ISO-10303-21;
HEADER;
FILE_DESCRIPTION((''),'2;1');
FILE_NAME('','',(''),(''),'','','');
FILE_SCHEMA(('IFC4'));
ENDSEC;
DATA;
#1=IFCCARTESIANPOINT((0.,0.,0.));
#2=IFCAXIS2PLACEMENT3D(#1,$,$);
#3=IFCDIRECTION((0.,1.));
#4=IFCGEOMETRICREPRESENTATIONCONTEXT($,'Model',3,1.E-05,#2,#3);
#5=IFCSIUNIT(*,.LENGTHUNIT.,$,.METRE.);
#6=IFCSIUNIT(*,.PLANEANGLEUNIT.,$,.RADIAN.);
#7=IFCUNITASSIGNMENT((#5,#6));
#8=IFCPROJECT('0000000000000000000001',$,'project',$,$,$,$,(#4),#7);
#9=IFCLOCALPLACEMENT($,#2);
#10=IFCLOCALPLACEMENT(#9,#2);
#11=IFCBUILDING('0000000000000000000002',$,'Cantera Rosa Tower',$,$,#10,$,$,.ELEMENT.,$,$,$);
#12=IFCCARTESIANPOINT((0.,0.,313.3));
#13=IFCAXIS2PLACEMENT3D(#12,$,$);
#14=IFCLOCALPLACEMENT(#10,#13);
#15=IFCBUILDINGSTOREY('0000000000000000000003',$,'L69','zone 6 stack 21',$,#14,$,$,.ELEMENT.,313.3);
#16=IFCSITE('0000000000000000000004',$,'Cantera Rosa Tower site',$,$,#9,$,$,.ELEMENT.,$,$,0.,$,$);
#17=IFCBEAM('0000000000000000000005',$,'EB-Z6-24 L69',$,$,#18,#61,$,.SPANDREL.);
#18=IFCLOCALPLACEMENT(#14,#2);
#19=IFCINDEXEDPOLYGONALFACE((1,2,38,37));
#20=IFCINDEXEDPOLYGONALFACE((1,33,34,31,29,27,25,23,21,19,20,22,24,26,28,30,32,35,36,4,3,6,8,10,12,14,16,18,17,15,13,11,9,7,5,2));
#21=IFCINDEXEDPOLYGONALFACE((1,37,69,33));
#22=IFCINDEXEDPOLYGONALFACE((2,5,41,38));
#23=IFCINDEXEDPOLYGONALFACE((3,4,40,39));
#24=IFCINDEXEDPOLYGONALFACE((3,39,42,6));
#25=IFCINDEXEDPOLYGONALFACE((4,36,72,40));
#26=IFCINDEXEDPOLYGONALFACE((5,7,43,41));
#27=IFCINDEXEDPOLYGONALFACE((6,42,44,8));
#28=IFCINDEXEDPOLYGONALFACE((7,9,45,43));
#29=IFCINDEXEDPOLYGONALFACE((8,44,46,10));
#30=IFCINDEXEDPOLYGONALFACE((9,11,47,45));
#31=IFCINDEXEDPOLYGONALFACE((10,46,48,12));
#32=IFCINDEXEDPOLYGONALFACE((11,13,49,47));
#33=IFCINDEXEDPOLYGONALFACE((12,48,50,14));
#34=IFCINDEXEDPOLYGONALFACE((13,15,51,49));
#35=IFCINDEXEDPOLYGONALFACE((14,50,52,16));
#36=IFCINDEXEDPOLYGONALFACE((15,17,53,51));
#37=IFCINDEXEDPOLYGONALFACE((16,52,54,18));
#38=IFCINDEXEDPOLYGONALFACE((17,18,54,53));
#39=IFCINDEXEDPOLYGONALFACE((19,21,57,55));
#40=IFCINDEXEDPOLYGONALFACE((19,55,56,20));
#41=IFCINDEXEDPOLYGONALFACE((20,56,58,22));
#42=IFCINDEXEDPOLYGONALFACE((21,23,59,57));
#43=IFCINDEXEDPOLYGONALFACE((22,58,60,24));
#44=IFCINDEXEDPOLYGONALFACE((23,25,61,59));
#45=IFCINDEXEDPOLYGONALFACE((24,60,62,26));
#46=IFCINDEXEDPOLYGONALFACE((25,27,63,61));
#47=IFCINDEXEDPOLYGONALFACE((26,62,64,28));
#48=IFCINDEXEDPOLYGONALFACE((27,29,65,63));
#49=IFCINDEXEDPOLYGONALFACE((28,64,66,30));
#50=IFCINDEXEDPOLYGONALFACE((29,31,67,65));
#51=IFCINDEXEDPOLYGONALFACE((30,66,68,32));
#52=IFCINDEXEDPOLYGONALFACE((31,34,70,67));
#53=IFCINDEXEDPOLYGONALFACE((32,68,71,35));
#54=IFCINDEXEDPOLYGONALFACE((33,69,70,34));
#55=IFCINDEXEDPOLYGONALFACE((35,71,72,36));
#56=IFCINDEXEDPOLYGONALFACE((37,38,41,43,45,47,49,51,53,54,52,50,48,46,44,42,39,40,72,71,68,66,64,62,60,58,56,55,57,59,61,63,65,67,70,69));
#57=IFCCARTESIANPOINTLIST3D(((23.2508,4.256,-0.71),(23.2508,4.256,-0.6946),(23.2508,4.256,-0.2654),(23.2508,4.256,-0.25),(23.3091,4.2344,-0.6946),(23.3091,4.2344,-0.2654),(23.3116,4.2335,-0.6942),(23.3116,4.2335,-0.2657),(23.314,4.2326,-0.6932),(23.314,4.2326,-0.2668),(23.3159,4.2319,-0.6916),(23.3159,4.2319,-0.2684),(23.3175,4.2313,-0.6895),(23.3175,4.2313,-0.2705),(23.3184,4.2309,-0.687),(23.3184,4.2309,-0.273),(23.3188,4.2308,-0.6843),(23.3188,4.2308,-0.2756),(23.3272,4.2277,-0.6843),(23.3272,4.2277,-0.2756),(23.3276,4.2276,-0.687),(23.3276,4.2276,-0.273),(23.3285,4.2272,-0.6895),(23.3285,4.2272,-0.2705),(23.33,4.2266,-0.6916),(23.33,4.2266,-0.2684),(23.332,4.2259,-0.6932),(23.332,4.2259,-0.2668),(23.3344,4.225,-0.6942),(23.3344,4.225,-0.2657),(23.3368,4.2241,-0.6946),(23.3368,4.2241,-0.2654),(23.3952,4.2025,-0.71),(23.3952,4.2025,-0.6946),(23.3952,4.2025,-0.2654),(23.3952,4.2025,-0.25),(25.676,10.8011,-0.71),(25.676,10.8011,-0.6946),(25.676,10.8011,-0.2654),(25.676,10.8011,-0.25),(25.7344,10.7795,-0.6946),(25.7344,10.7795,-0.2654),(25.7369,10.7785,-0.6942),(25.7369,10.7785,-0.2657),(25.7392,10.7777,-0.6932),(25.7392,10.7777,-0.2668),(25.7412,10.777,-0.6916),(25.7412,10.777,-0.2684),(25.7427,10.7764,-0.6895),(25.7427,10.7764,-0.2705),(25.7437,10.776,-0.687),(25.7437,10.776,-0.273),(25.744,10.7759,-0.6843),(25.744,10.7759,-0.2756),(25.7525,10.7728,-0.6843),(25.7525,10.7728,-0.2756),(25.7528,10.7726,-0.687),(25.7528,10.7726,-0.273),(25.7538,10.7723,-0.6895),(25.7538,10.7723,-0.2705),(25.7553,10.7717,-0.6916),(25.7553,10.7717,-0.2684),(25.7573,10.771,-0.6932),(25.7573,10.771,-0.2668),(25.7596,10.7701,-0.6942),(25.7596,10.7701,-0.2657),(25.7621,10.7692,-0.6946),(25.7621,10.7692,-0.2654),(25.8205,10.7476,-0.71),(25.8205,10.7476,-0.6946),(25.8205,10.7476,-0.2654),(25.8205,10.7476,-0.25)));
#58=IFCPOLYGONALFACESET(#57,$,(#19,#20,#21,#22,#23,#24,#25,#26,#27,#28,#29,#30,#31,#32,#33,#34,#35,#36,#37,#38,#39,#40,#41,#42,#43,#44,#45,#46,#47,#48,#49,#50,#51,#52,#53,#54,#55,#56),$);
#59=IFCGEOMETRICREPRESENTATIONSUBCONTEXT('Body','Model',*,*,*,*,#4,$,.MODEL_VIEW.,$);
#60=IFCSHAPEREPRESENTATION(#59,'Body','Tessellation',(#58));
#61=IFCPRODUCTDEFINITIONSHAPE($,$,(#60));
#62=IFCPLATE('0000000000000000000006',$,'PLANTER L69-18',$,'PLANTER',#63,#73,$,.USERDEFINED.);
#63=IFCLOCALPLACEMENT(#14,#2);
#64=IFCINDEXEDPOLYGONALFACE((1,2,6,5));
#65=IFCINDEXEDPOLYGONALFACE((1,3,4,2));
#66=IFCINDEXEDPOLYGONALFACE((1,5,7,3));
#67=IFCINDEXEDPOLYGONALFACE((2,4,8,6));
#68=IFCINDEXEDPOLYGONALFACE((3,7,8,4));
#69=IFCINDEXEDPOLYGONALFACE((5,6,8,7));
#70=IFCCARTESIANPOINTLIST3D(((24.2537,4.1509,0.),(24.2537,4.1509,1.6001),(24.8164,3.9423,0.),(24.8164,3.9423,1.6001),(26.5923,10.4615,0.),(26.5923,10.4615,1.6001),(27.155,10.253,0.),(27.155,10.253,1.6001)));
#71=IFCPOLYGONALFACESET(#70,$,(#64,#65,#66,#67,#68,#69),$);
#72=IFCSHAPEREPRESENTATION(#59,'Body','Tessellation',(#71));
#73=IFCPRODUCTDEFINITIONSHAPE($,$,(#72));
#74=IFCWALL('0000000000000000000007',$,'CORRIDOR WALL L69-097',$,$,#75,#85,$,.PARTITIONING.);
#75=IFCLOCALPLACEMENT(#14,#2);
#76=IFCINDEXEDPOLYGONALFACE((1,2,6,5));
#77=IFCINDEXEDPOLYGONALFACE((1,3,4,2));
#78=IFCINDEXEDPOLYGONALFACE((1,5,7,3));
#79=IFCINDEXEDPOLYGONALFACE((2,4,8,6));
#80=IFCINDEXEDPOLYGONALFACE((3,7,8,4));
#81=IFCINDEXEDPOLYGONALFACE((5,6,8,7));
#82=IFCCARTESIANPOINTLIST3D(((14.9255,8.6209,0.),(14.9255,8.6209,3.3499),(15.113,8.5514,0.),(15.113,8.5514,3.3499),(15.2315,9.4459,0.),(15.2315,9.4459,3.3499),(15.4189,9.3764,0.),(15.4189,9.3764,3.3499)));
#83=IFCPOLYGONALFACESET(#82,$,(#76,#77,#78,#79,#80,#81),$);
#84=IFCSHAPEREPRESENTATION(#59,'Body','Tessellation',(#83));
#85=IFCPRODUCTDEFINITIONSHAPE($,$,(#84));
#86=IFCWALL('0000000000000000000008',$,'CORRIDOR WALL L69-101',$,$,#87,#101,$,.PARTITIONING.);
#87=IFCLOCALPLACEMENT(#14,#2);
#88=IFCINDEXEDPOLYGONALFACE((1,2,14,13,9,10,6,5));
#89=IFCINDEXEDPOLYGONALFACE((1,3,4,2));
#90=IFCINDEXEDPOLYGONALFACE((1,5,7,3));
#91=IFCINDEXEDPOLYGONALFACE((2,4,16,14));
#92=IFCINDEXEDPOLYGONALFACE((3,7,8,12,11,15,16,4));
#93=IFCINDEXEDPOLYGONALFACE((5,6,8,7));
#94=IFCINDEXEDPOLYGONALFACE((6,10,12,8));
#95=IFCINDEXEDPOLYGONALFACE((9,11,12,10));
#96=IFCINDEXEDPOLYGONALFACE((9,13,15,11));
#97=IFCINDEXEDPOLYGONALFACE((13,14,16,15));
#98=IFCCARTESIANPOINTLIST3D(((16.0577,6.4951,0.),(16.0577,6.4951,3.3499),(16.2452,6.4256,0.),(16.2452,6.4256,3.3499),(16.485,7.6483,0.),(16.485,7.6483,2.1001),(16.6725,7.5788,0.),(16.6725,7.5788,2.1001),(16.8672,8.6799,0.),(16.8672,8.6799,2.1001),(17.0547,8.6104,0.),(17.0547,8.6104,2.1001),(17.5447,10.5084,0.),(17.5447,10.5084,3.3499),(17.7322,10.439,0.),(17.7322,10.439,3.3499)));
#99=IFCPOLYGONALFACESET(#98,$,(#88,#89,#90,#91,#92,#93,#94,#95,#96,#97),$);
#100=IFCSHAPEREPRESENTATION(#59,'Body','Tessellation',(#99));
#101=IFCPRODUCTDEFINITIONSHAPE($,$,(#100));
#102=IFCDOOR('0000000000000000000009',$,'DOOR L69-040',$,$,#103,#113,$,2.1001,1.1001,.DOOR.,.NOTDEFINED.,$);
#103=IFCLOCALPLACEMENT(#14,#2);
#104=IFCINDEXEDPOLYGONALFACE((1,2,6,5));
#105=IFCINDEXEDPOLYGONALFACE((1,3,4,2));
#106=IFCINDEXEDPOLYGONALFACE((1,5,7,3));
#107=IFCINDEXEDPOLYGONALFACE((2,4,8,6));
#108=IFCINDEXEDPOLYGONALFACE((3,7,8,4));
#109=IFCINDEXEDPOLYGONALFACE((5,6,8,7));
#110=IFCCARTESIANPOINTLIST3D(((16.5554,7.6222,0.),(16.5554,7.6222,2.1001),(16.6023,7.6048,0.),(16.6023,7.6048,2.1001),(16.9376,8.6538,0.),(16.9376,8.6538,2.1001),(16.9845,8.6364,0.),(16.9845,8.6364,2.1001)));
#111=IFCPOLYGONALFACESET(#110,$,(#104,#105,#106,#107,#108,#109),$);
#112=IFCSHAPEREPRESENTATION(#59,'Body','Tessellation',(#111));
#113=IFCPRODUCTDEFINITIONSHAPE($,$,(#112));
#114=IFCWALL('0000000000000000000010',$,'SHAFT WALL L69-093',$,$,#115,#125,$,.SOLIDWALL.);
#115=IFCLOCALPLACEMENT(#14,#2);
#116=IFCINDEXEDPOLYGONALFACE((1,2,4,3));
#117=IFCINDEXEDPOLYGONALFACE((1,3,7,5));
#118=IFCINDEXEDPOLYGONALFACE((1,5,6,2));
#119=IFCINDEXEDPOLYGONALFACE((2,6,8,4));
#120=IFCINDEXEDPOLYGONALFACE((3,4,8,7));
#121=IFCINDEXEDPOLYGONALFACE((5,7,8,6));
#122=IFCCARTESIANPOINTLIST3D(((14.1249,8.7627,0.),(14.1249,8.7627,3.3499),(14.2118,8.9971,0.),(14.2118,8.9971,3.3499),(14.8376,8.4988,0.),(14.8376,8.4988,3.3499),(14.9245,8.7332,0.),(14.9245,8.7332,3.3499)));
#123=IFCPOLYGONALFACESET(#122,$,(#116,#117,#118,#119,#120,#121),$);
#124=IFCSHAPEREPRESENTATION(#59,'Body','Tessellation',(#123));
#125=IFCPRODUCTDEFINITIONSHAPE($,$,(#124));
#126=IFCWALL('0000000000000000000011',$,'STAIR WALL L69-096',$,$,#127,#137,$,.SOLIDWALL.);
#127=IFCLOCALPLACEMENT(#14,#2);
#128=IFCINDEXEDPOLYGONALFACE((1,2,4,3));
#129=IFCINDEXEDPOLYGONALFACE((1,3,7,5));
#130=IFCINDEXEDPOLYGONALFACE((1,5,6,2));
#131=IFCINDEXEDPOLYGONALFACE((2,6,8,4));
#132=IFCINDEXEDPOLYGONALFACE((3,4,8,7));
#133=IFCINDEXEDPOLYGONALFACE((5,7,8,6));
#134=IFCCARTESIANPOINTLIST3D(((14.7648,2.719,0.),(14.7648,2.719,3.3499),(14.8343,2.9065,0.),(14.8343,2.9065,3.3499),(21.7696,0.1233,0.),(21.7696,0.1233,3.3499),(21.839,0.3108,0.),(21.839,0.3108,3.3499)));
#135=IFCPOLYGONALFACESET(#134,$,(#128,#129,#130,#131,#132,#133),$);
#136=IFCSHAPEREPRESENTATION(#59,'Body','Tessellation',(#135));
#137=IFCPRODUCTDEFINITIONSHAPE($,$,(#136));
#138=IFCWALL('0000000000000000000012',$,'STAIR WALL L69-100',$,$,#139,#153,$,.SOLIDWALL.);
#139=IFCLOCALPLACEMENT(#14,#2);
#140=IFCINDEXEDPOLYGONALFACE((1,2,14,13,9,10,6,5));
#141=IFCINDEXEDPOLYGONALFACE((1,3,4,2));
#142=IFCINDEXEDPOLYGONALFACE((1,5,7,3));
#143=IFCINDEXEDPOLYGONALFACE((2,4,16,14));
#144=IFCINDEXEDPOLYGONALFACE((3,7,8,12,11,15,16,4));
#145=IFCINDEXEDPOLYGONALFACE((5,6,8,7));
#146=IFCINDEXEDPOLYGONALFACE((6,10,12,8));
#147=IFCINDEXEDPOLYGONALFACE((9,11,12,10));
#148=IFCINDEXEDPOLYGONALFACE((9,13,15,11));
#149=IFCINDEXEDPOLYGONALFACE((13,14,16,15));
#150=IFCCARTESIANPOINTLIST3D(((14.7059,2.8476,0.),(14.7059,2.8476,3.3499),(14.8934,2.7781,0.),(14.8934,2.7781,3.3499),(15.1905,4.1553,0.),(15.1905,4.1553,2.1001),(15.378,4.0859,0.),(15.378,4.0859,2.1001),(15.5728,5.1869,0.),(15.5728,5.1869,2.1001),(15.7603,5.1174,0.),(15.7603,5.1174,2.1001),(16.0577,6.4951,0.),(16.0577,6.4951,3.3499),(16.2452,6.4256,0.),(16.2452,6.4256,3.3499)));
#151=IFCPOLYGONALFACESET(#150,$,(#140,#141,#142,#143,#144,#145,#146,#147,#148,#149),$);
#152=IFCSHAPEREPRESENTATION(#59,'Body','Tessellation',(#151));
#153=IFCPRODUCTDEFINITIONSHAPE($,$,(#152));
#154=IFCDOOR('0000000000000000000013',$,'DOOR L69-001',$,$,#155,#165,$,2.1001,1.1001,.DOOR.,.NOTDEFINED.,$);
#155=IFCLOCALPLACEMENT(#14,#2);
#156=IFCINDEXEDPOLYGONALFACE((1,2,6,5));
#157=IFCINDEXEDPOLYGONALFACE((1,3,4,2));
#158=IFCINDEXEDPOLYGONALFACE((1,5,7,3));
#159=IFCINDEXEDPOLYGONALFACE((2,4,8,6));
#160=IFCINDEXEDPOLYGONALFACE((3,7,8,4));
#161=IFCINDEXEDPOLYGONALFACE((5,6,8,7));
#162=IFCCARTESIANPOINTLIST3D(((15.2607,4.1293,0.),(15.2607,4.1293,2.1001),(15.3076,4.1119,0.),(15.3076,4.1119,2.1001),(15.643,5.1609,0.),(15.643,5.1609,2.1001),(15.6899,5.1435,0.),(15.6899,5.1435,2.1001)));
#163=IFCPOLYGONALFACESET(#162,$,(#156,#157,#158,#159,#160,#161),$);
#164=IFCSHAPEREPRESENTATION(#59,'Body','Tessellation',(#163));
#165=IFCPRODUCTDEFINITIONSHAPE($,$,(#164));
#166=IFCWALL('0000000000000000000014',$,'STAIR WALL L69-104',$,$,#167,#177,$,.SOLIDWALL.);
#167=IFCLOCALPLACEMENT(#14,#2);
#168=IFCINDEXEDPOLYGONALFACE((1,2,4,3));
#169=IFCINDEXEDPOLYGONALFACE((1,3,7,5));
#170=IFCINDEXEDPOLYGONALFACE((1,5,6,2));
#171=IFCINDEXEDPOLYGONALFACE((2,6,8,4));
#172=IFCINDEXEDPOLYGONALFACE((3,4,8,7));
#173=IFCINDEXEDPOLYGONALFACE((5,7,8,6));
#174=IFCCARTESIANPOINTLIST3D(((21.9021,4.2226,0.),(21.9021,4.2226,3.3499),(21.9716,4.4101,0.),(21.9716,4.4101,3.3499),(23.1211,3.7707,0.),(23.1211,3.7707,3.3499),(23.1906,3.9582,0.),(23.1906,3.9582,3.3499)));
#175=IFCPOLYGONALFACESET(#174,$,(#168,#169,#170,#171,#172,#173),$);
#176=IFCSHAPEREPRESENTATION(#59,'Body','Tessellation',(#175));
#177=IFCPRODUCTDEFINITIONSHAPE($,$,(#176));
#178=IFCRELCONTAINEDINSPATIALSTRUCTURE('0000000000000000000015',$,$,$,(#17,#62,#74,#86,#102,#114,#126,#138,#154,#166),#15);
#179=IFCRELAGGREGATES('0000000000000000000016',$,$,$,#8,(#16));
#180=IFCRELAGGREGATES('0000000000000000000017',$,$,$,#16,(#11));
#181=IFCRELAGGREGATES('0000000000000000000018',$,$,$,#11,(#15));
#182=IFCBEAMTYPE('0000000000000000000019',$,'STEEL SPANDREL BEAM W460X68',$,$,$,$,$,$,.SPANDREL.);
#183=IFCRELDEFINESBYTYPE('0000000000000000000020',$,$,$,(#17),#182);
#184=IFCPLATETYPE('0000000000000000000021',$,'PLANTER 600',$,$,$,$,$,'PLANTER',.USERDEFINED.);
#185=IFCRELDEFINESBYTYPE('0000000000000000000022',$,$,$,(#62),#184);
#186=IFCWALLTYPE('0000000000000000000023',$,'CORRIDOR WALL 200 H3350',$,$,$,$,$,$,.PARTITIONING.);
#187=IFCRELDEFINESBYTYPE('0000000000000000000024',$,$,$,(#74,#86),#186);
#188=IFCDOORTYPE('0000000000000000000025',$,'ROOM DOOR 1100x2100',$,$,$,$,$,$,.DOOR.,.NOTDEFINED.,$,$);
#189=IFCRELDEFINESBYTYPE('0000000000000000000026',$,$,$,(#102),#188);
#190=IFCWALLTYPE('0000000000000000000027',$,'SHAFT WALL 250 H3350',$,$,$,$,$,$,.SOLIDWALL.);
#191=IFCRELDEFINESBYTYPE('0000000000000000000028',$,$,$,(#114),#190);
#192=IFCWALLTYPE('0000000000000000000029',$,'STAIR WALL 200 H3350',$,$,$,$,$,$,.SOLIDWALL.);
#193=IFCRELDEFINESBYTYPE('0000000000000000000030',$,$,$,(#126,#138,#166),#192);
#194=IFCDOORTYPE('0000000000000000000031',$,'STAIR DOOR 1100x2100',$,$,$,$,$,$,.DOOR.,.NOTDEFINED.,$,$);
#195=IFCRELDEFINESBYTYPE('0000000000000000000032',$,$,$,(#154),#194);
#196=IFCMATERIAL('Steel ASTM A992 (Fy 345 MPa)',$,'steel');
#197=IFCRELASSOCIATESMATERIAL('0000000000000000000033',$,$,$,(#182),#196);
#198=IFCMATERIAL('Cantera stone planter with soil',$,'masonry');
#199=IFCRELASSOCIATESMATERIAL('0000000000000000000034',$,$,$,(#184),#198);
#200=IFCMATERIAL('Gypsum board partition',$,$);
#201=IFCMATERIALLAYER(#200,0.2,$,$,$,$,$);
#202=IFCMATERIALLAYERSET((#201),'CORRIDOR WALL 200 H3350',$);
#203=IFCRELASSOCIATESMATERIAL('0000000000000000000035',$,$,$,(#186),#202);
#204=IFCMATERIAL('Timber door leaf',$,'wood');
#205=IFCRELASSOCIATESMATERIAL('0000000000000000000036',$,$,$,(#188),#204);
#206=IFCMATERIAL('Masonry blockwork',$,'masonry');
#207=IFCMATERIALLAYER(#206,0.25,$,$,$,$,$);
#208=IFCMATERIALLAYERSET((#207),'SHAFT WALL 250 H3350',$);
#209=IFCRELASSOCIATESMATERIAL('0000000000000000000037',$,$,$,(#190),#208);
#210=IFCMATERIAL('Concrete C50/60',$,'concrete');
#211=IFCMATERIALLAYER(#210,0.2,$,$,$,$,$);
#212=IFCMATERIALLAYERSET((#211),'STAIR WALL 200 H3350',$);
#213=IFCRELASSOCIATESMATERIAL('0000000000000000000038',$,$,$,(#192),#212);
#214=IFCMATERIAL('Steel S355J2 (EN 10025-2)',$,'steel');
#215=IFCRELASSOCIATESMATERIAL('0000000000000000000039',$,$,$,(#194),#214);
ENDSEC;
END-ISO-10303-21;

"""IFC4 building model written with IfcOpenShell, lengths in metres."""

from ifc_helpers import new_model, si_unit, direction, frame, frame_2d, origin, origin_2d, place, context, subcontext, project, spatial, rectangle, i_section, extrude, material, layer, layer_set, material_profile, profile_set, type_object, element, fill, save


model = new_model("IFC4")

# Units and contexts
model_context = context("Model", 3, precision=1e-05, world=origin(), true_north=direction((0.0, 1.0)))
body_context = subcontext(model_context, "Body", "Model", "MODEL_VIEW")
ifc_project = project(units=[si_unit("LENGTHUNIT", "METRE"), si_unit("PLANEANGLEUNIT", "RADIAN")], contexts=[model_context])

# Site, building, storey
site_placement = place(None, origin())
site = spatial("IfcSite", under=ifc_project, at=site_placement, Name="Cantera Rosa Tower site", CompositionType="ELEMENT", RefElevation=0.0)
building_placement = place(site_placement, origin())
building = spatial("IfcBuilding", under=site, at=building_placement, Name="Cantera Rosa Tower", CompositionType="ELEMENT")
storey_placement = place(building_placement, frame((0.0, 0.0, 313.3)))
storey = spatial("IfcBuildingStorey", under=building, at=storey_placement, Name="L69", Description="zone 6 stack 21", CompositionType="ELEMENT", Elevation=313.3)

# Beam
ifc_material_1 = material(Name="Steel ASTM A992 (Fy 345 MPa)", Category="steel")
ifc_material_profile_1 = material_profile(ifc_material_1, i_section(OverallWidth=0.1541, OverallDepth=0.46, WebThickness=0.009, FlangeThickness=0.0154, FilletRadius=0.0103, at=origin_2d()), Name="W460X68")
ifc_profile_set_1 = profile_set([ifc_material_profile_1], Name="Steel ASTM A992 (Fy 345 MPa)")
beam_type_1 = type_object("IfcBeamType", Name="STEEL SPANDREL BEAM W460X68", PredefinedType="SPANDREL", material=ifc_profile_set_1)
beam_1_placement = place(storey_placement, frame((23.323, 4.2292, -0.48), z_axis=(0.34746, 0.937695, 0.0), x_axis=(-0.937695, 0.34746, 0.0)))
element("IfcBeam", 1, at=beam_1_placement, inside=storey, type_object=beam_type_1, Name="EB-Z6-24 L69", PredefinedType="SPANDREL", context=body_context, shape_type="SweptSolid", body=[
    extrude(i_section(OverallWidth=0.1541, OverallDepth=0.46, WebThickness=0.009, FlangeThickness=0.0154, FilletRadius=0.0103, at=origin_2d()), origin(), (0.0, 0.0, 1.0), 6.98),
])

# Plate
ifc_material_2 = material(Name="Cantera stone planter with soil", Category="masonry")
plate_type = type_object("IfcPlateType", Name="PLANTER 600", ElementType="PLANTER", PredefinedType="USERDEFINED", material=ifc_material_2)
plate_placement = place(storey_placement, frame((25.7043, 7.2019, 0.0), z_axis=(0.0, 0.0, 1.0), x_axis=(0.347481, 0.937687, 0.0)))
element("IfcPlate", 2, at=plate_placement, inside=storey, type_object=plate_type, Name="PLANTER L69-18", ObjectType="PLANTER", PredefinedType="USERDEFINED", context=body_context, shape_type="SweptSolid", body=[
    extrude(rectangle(XDim=6.73, YDim=0.6001, at=origin_2d()), origin(), (0.0, 0.0, 1.0), 1.6001),
])

# Wall
ifc_material_3 = material(Name="Gypsum board partition")
ifc_layer_1 = layer(ifc_material_3, 0.2)
ifc_layer_set_1 = layer_set([ifc_layer_1], Name="CORRIDOR WALL 200 H3350")
wall_type_1 = type_object("IfcWallType", Name="CORRIDOR WALL 200 H3350", PredefinedType="PARTITIONING", material=ifc_layer_set_1)
wall_1_placement = place(storey_placement, frame((15.0193, 8.5862, 0.0), z_axis=(0.0, 0.0, 1.0), x_axis=(0.347685, 0.937611, 0.0)))
element("IfcWall", 3, at=wall_1_placement, inside=storey, type_object=wall_type_1, Name="CORRIDOR WALL L69-097", PredefinedType="PARTITIONING", context=body_context, shape_type="SweptSolid", body=[
    extrude(rectangle(XDim=0.8799, YDim=0.2, at=frame_2d((0.4399, 0.0))), origin(), (0.0, 0.0, 1.0), 3.3499),
])

# Wall, opening, door
wall_2_placement = place(storey_placement, frame((16.1514, 6.4602, 0.0), z_axis=(0.0, 0.0, 1.0), x_axis=(0.347439, 0.937703, 0.0)))
wall_2 = element("IfcWall", 4, at=wall_2_placement, inside=storey, type_object=wall_type_1, Name="CORRIDOR WALL L69-101", PredefinedType="PARTITIONING", context=body_context, shape_type="SweptSolid", body=[
    extrude(rectangle(XDim=4.28, YDim=0.2, at=frame_2d((2.1401, 0.0))), origin(), (0.0, 0.0, 1.0), 3.3499),
])
opening_1_placement = place(wall_2_placement, frame((1.23, 0.0, 0.0)))
opening_1 = element("IfcOpeningElement", 5, at=opening_1_placement, cuts=wall_2, PredefinedType="OPENING", context=body_context, shape_type="SweptSolid", body=[
    extrude(rectangle(XDim=1.1001, YDim=2.1001, at=frame_2d((0.55, 1.05))), frame((0.0, 0.1099, 0.0), z_axis=(0.0, -1.0, 0.0), x_axis=(1.0, 0.0, 0.0)), (0.0, 0.0, 1.0), 0.22),
])
ifc_material_4 = material(Name="Timber door leaf", Category="wood")
door_type_1 = type_object("IfcDoorType", Name="ROOM DOOR 1100x2100", OperationType="NOTDEFINED", PredefinedType="DOOR", material=ifc_material_4)
door_1_placement = place(opening_1_placement, origin())
door_1 = element("IfcDoor", 6, at=door_1_placement, inside=storey, type_object=door_type_1, Name="DOOR L69-040", OperationType="NOTDEFINED", OverallHeight=2.1001, OverallWidth=1.1001, PredefinedType="DOOR", context=body_context, shape_type="SweptSolid", body=[
    extrude(rectangle(XDim=1.1001, YDim=2.1001, at=frame_2d((0.55, 1.05))), frame((0.0, 0.0249, 0.0), z_axis=(0.0, -1.0, 0.0), x_axis=(1.0, 0.0, 0.0)), (0.0, 0.0, 1.0), 0.05),
])
fill(opening_1, door_1)

# Walls
ifc_material_5 = material(Name="Masonry blockwork", Category="masonry")
ifc_layer_2 = layer(ifc_material_5, 0.25)
ifc_layer_set_2 = layer_set([ifc_layer_2], Name="SHAFT WALL 250 H3350")
wall_type_2 = type_object("IfcWallType", Name="SHAFT WALL 250 H3350", PredefinedType="SOLIDWALL", material=ifc_layer_set_2)
wall_3_placement = place(storey_placement, frame((14.1685, 8.8799, 0.0), z_axis=(0.0, 0.0, 1.0), x_axis=(0.93776, -0.347283, 0.0)))
element("IfcWall", 7, at=wall_3_placement, inside=storey, type_object=wall_type_2, Name="SHAFT WALL L69-093", PredefinedType="SOLIDWALL", context=body_context, shape_type="SweptSolid", body=[
    extrude(rectangle(XDim=0.76, YDim=0.25, at=frame_2d((0.3799, 0.0))), origin(), (0.0, 0.0, 1.0), 3.3499),
])
ifc_material_6 = material(Name="Concrete C50/60", Category="concrete")
ifc_layer_3 = layer(ifc_material_6, 0.2)
ifc_layer_set_3 = layer_set([ifc_layer_3], Name="STAIR WALL 200 H3350")
wall_type_3 = type_object("IfcWallType", Name="STAIR WALL 200 H3350", PredefinedType="SOLIDWALL", material=ifc_layer_set_3)
wall_4_placement = place(storey_placement, frame((14.7996, 2.8127, 0.0), z_axis=(0.0, 0.0, 1.0), x_axis=(0.937688, -0.347478, 0.0)))
element("IfcWall", 8, at=wall_4_placement, inside=storey, type_object=wall_type_3, Name="STAIR WALL L69-096", PredefinedType="SOLIDWALL", context=body_context, shape_type="SweptSolid", body=[
    extrude(rectangle(XDim=7.4702, YDim=0.2, at=frame_2d((3.7351, 0.0))), origin(), (0.0, 0.0, 1.0), 3.3499),
])

# Wall, opening, door
wall_5_placement = place(storey_placement, frame((16.1514, 6.4602, 0.0), z_axis=(0.0, 0.0, 1.0), x_axis=(-0.347517, -0.937674, 0.0)))
wall_5 = element("IfcWall", 9, at=wall_5_placement, inside=storey, type_object=wall_type_3, Name="STAIR WALL L69-100", PredefinedType="SOLIDWALL", context=body_context, shape_type="SweptSolid", body=[
    extrude(rectangle(XDim=3.8899, YDim=0.2, at=frame_2d((1.9448, 0.0))), origin(), (0.0, 0.0, 1.0), 3.3499),
])
opening_2_placement = place(wall_5_placement, frame((1.395, 0.0, 0.0)))
opening_2 = element("IfcOpeningElement", 10, at=opening_2_placement, cuts=wall_5, PredefinedType="OPENING", context=body_context, shape_type="SweptSolid", body=[
    extrude(rectangle(XDim=1.1001, YDim=2.1001, at=frame_2d((0.55, 1.05))), frame((0.0, 0.1099, 0.0), z_axis=(0.0, -1.0, 0.0), x_axis=(1.0, 0.0, 0.0)), (0.0, 0.0, 1.0), 0.22),
])
ifc_material_7 = material(Name="Steel S355J2 (EN 10025-2)", Category="steel")
door_type_2 = type_object("IfcDoorType", Name="STAIR DOOR 1100x2100", OperationType="NOTDEFINED", PredefinedType="DOOR", material=ifc_material_7)
door_2_placement = place(opening_2_placement, origin())
door_2 = element("IfcDoor", 11, at=door_2_placement, inside=storey, type_object=door_type_2, Name="DOOR L69-001", OperationType="NOTDEFINED", OverallHeight=2.1001, OverallWidth=1.1001, PredefinedType="DOOR", context=body_context, shape_type="SweptSolid", body=[
    extrude(rectangle(XDim=1.1001, YDim=2.1001, at=frame_2d((0.55, 1.05))), frame((0.0, 0.0249, 0.0), z_axis=(0.0, -1.0, 0.0), x_axis=(1.0, 0.0, 0.0)), (0.0, 0.0, 1.0), 0.05),
])
fill(opening_2, door_2)

# Wall
wall_6_placement = place(storey_placement, frame((23.1558, 3.8645, 0.0), z_axis=(0.0, 0.0, 1.0), x_axis=(-0.937642, 0.347602, 0.0)))
element("IfcWall", 12, at=wall_6_placement, inside=storey, type_object=wall_type_3, Name="STAIR WALL L69-104", PredefinedType="SOLIDWALL", context=body_context, shape_type="SweptSolid", body=[
    extrude(rectangle(XDim=1.3, YDim=0.2, at=frame_2d((0.6499, 0.0))), origin(), (0.0, 0.0, 1.0), 3.3499),
])

save(model, "model.ifc")
